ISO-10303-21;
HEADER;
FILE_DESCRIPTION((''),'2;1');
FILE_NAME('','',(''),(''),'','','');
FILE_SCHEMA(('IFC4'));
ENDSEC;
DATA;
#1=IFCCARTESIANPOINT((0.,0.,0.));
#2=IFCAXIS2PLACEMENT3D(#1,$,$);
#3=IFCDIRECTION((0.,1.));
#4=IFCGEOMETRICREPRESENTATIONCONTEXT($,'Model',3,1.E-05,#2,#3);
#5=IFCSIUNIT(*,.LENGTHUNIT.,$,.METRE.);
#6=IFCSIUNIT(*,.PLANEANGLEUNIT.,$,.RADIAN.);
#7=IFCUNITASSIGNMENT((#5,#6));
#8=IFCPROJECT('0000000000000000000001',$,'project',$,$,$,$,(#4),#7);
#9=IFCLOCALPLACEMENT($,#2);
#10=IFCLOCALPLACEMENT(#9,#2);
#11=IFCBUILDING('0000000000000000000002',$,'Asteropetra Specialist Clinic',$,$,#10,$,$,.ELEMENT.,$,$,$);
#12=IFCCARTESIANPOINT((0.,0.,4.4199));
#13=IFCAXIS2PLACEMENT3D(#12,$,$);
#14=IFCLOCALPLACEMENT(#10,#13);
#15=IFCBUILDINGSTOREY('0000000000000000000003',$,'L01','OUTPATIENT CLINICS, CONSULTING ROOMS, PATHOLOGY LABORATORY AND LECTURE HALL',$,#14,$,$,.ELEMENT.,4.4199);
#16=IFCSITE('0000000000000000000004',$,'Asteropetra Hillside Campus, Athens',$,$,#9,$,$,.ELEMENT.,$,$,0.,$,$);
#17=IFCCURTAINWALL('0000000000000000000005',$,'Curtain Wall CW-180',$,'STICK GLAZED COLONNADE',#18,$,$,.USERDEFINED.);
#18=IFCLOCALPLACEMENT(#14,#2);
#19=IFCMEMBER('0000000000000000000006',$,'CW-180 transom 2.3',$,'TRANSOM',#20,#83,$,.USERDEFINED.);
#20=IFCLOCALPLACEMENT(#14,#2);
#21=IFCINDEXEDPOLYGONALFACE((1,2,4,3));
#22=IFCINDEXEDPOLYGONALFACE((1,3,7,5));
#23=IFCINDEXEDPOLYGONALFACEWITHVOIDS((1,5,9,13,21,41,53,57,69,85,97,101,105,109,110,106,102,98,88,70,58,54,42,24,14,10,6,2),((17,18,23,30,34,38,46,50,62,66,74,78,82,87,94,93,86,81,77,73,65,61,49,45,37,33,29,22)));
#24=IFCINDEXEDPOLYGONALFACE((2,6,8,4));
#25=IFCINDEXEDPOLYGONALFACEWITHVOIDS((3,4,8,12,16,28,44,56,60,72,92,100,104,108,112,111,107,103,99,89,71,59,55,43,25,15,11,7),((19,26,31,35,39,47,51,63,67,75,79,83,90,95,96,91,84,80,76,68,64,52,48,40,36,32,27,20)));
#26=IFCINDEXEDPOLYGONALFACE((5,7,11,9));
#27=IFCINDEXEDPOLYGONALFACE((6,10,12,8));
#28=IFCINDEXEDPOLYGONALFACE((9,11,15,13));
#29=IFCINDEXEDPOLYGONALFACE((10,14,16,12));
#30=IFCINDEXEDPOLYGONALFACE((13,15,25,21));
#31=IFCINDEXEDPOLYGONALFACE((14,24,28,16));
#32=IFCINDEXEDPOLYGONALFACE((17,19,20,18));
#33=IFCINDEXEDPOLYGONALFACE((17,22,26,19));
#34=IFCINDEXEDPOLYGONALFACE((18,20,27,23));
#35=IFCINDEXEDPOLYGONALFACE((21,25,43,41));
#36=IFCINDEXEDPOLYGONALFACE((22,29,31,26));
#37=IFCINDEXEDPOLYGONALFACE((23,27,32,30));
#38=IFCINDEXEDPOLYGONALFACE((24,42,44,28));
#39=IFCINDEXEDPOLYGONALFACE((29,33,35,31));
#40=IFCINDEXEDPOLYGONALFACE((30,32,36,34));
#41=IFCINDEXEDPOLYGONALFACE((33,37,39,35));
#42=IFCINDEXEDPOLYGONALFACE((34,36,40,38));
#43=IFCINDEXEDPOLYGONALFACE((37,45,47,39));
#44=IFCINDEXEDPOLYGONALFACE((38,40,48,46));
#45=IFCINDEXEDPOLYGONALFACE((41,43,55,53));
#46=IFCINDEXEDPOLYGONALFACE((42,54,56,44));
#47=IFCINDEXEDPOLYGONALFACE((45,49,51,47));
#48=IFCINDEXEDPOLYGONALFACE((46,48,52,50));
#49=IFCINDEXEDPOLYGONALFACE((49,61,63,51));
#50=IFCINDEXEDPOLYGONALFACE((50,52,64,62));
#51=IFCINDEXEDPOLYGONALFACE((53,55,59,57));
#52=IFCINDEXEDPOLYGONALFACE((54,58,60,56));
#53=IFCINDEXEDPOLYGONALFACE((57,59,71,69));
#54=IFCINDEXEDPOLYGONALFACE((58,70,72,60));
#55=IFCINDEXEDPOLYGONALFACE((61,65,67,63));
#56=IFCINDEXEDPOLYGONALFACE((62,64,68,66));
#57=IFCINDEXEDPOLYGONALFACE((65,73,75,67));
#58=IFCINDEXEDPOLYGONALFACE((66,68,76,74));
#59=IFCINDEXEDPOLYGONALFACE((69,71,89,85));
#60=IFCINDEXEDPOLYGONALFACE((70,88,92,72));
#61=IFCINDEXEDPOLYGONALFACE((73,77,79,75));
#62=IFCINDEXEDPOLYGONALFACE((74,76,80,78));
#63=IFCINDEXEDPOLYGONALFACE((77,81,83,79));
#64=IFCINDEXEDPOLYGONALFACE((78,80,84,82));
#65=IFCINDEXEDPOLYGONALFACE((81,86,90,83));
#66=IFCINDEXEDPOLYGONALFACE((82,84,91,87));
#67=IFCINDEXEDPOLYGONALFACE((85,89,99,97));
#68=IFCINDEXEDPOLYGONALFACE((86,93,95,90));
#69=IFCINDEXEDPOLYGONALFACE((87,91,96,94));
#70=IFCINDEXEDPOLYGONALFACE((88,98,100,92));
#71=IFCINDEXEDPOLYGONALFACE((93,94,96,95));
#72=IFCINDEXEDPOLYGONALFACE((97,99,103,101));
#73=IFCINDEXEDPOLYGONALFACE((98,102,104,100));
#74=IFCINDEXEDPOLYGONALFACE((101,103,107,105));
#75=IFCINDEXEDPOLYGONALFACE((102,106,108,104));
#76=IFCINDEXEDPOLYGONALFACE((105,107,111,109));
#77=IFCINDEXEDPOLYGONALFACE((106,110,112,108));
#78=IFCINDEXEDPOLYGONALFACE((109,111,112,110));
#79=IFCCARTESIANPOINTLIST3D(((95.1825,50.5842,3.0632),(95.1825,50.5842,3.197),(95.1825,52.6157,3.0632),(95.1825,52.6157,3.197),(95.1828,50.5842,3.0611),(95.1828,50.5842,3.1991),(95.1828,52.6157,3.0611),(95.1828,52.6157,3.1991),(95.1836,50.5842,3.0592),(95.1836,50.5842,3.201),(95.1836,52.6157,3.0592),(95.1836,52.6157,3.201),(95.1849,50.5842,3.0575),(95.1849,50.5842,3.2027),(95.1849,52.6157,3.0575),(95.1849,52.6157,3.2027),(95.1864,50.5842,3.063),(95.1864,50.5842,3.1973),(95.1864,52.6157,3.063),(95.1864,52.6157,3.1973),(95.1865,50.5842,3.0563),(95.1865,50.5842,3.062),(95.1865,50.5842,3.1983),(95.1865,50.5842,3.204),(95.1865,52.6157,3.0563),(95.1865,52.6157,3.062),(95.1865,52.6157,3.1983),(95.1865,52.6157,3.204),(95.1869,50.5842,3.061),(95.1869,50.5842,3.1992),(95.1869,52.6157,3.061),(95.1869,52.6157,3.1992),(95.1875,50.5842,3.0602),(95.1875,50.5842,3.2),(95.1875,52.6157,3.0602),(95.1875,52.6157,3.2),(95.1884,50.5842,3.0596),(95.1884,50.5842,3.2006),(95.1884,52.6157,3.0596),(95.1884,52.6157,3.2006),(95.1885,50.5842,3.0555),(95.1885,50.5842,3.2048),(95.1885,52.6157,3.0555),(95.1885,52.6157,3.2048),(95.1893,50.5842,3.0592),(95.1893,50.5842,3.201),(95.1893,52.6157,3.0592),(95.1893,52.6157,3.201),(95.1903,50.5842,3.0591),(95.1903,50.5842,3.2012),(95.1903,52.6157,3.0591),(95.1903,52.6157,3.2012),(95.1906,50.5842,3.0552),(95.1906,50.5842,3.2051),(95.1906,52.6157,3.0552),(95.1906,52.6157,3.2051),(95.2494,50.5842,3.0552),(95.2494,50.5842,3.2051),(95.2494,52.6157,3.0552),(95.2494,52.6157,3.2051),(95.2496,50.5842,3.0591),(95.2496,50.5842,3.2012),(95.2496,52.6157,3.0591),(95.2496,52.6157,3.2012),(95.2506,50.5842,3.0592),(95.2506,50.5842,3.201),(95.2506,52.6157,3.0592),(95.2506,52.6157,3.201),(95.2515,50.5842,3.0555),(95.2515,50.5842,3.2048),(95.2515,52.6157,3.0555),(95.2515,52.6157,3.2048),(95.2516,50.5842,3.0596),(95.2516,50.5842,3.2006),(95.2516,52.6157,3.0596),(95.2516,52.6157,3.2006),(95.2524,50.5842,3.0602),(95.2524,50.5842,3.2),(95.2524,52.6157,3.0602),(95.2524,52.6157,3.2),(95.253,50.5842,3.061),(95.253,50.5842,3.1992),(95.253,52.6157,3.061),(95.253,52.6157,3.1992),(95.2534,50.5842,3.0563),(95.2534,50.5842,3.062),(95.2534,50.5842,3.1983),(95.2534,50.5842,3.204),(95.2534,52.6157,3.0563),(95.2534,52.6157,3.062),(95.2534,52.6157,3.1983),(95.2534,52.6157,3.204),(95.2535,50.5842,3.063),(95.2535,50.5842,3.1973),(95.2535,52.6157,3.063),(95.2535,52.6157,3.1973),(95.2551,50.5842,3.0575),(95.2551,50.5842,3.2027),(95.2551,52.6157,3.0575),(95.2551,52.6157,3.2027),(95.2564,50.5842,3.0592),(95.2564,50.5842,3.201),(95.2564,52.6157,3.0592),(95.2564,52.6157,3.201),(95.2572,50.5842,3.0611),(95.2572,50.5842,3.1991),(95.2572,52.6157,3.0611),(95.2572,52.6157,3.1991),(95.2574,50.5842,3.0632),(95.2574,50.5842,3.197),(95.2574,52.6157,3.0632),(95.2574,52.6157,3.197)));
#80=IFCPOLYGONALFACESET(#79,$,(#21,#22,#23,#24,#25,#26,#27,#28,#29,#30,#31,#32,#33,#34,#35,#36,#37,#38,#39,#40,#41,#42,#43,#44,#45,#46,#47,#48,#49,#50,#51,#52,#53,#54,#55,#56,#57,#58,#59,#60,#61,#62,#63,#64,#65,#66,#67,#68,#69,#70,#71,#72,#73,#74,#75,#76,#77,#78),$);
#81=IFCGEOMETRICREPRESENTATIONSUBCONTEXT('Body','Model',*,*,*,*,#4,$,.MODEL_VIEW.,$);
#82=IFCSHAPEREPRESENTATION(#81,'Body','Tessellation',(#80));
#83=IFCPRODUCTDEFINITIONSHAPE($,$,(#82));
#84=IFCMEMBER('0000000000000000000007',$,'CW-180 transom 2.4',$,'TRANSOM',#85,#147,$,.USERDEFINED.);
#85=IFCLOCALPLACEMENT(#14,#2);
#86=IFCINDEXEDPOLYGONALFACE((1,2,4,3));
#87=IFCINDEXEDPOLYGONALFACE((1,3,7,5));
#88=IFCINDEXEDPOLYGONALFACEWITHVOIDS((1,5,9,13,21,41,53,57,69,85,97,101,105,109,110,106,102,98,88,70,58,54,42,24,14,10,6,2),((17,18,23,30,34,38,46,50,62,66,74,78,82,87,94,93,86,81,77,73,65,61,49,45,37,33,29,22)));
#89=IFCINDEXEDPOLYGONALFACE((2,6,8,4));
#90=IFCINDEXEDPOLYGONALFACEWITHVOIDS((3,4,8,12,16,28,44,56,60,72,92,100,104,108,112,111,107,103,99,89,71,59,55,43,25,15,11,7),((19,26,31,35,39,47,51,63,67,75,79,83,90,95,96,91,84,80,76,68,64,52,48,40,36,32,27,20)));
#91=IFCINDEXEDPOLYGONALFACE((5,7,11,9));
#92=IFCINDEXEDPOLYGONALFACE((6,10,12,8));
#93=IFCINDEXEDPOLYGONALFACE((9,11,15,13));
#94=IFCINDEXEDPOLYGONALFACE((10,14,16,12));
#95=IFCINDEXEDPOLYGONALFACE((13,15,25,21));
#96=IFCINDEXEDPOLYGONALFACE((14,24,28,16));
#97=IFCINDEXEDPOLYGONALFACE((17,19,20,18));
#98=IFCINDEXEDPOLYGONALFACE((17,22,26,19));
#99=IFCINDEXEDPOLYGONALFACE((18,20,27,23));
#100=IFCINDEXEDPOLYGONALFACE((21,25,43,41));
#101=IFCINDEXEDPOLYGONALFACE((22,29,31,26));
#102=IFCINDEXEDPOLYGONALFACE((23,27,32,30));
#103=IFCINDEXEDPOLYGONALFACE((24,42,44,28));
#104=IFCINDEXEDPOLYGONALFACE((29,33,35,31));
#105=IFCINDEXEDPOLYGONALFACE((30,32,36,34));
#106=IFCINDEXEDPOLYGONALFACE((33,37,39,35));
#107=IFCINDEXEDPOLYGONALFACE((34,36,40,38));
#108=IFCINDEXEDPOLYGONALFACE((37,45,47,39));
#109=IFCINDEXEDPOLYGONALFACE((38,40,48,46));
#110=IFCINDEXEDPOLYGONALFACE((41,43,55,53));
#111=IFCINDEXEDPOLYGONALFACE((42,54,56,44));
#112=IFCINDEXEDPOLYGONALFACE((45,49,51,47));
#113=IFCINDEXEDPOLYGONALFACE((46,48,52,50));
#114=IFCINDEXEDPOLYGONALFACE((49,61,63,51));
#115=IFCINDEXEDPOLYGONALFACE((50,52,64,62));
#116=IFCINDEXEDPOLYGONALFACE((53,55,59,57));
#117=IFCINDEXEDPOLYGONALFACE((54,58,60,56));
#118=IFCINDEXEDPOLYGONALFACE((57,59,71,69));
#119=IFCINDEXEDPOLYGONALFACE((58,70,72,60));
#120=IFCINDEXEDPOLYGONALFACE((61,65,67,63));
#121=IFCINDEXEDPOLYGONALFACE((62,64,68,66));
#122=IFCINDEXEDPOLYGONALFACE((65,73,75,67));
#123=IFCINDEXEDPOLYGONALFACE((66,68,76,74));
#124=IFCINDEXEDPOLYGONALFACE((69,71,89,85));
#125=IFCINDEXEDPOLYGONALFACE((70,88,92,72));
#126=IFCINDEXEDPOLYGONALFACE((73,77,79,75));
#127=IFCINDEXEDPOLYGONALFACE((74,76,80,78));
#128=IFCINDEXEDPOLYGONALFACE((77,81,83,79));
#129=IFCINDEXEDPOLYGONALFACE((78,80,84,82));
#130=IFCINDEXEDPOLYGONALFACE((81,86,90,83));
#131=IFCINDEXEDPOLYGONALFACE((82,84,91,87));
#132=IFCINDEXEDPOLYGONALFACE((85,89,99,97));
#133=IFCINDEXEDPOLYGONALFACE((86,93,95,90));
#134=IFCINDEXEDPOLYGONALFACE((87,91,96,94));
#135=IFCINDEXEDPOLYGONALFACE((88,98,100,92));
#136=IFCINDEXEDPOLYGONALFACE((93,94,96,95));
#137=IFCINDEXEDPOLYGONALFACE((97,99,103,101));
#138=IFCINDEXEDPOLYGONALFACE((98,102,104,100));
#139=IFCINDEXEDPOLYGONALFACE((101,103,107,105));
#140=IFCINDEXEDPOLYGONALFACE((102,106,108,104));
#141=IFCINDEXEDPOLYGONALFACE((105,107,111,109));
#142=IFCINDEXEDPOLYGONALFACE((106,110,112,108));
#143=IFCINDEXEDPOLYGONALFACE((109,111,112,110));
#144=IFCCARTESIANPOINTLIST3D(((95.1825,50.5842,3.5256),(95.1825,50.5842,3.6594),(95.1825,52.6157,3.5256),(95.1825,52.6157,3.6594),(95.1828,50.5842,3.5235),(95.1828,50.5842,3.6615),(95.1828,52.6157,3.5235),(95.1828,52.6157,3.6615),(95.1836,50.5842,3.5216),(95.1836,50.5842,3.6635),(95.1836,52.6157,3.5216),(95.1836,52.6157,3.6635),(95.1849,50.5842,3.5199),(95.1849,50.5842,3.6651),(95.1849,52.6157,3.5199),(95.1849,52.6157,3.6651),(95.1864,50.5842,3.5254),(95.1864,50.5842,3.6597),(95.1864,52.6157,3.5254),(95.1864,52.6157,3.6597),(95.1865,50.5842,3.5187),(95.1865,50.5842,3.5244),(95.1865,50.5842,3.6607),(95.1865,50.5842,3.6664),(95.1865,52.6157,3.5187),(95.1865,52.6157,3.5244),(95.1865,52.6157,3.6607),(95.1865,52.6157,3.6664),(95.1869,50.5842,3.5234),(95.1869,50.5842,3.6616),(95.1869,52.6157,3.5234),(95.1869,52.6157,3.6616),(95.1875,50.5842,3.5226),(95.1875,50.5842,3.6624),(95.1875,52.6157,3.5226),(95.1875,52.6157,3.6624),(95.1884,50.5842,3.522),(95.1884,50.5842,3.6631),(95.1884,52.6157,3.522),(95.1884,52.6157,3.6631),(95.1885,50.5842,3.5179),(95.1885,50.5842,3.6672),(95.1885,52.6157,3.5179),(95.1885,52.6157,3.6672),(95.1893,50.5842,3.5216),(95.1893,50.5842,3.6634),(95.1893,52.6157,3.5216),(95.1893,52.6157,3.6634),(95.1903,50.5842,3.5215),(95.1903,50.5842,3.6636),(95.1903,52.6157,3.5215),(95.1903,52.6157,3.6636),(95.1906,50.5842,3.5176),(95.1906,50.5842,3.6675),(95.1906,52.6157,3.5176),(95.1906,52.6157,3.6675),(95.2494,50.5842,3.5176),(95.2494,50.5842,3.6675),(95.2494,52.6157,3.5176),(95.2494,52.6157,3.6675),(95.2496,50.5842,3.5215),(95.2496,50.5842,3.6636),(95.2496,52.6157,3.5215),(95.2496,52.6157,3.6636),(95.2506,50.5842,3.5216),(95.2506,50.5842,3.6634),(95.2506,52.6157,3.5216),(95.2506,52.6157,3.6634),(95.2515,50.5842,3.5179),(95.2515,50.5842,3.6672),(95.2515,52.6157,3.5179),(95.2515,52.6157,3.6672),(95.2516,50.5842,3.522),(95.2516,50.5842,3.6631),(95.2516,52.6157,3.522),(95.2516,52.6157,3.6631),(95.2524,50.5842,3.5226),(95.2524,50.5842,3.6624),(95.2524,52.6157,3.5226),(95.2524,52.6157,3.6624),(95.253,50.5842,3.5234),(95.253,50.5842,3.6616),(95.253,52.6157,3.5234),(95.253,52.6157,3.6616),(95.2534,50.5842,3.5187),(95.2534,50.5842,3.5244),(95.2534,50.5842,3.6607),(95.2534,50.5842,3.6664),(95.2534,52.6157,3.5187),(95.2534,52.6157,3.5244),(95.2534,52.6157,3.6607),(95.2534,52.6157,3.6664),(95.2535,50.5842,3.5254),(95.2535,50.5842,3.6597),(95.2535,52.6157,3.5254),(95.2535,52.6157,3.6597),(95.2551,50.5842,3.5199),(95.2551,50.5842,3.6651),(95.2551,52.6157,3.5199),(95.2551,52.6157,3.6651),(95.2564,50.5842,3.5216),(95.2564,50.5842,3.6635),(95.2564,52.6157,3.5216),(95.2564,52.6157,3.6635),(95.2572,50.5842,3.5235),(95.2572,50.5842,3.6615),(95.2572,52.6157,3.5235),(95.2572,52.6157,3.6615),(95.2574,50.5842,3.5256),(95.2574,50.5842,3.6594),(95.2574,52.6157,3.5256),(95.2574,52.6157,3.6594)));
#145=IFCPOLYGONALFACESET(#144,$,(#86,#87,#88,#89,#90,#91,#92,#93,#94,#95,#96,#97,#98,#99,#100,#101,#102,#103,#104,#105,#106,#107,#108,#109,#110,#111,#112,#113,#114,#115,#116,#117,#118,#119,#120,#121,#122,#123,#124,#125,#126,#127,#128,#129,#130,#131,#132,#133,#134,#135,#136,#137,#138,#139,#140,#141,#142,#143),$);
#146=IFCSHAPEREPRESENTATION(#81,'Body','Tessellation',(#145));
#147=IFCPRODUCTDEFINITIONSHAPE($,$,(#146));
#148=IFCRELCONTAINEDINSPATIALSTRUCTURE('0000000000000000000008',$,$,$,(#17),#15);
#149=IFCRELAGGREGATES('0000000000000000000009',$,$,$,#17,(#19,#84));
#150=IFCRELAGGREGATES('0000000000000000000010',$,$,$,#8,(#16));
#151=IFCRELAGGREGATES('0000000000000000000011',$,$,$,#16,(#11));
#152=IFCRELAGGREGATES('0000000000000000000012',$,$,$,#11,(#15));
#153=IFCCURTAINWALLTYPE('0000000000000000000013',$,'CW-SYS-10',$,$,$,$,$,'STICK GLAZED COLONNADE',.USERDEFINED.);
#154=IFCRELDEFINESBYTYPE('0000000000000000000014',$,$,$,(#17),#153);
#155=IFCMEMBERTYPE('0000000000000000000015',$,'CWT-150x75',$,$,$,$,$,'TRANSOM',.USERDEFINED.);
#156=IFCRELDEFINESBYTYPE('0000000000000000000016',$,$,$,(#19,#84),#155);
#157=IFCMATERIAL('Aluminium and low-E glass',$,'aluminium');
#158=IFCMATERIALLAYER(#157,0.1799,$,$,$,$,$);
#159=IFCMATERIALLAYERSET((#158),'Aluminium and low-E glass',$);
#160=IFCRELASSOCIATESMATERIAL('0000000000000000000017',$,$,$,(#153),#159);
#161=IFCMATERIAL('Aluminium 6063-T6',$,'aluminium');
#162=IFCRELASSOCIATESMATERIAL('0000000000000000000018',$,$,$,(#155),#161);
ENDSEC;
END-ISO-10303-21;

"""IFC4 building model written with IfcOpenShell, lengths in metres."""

from ifc_helpers import new_model, si_unit, direction, frame, origin, origin_2d, place, context, subcontext, project, spatial, hollow_rectangle, extrude, material, layer, layer_set, material_profile, profile_set, type_object, element, aggregate, save


model = new_model("IFC4")

# Units and contexts
model_context = context("Model", 3, precision=1e-05, world=origin(), true_north=direction((0.0, 1.0)))
body_context = subcontext(model_context, "Body", "Model", "MODEL_VIEW")
ifc_project = project(units=[si_unit("LENGTHUNIT", "METRE"), si_unit("PLANEANGLEUNIT", "RADIAN")], contexts=[model_context])

# Site, building, storey
site_placement = place(None, origin())
site = spatial("IfcSite", under=ifc_project, at=site_placement, Name="Asteropetra Hillside Campus, Athens", CompositionType="ELEMENT", RefElevation=0.0)
building_placement = place(site_placement, origin())
building = spatial("IfcBuilding", under=site, at=building_placement, Name="Asteropetra Specialist Clinic", CompositionType="ELEMENT")
storey_placement = place(building_placement, frame((0.0, 0.0, 4.4199)))
storey = spatial("IfcBuildingStorey", under=building, at=storey_placement, Name="L01", Description="OUTPATIENT CLINICS, CONSULTING ROOMS, PATHOLOGY LABORATORY AND LECTURE HALL", CompositionType="ELEMENT", Elevation=4.4199)

# Curtain wall
ifc_material_1 = material(Name="Aluminium and low-E glass", Category="aluminium")
ifc_layer_1 = layer(ifc_material_1, 0.1799)
ifc_layer_set_1 = layer_set([ifc_layer_1], Name="Aluminium and low-E glass")
curtain_wall_type_1 = type_object("IfcCurtainWallType", Name="CW-SYS-10", ElementType="STICK GLAZED COLONNADE", PredefinedType="USERDEFINED", material=ifc_layer_set_1)
curtain_wall_1_placement = place(storey_placement, origin())
curtain_wall_1 = element("IfcCurtainWall", 1, at=curtain_wall_1_placement, inside=storey, type_object=curtain_wall_type_1, Name="Curtain Wall CW-180", ObjectType="STICK GLAZED COLONNADE", PredefinedType="USERDEFINED")

# Members
ifc_material_2 = material(Name="Aluminium 6063-T6", Category="aluminium")
ifc_material_profile_1 = material_profile(ifc_material_2, hollow_rectangle(XDim=0.075, YDim=0.1499, WallThickness=0.0039, InnerFilletRadius=0.0039, OuterFilletRadius=0.0081, at=origin_2d()), Name="TRN 150x75x4.0")
ifc_profile_set_1 = profile_set([ifc_material_profile_1], Name="Aluminium 6063-T6")
member_type_1 = type_object("IfcMemberType", Name="CWT-150x75", ElementType="TRANSOM", PredefinedType="USERDEFINED", material=ifc_profile_set_1)
member_1_placement = place(storey_placement, frame((95.22, 50.5842, 3.1301), z_axis=(0.0, 1.0, 0.0), x_axis=(-1.0, 0.0, 0.0)))
member_1 = element("IfcMember", 2, at=member_1_placement, type_object=member_type_1, Name="CW-180 transom 2.3", ObjectType="TRANSOM", PredefinedType="USERDEFINED", context=body_context, shape_type="SweptSolid", body=[
    extrude(hollow_rectangle(XDim=0.075, YDim=0.1499, WallThickness=0.0039, InnerFilletRadius=0.0039, OuterFilletRadius=0.0081, at=origin_2d()), origin(), (0.0, 0.0, 1.0), 2.0315),
])
member_2_placement = place(storey_placement, frame((95.22, 50.5842, 3.5925), z_axis=(0.0, 1.0, 0.0), x_axis=(-1.0, 0.0, 0.0)))
member_2 = element("IfcMember", 3, at=member_2_placement, type_object=member_type_1, Name="CW-180 transom 2.4", ObjectType="TRANSOM", PredefinedType="USERDEFINED", context=body_context, shape_type="SweptSolid", body=[
    extrude(hollow_rectangle(XDim=0.075, YDim=0.1499, WallThickness=0.0039, InnerFilletRadius=0.0039, OuterFilletRadius=0.0081, at=origin_2d()), origin(), (0.0, 0.0, 1.0), 2.0315),
])

aggregate(curtain_wall_1, [member_1, member_2])

save(model, "model.ifc")
